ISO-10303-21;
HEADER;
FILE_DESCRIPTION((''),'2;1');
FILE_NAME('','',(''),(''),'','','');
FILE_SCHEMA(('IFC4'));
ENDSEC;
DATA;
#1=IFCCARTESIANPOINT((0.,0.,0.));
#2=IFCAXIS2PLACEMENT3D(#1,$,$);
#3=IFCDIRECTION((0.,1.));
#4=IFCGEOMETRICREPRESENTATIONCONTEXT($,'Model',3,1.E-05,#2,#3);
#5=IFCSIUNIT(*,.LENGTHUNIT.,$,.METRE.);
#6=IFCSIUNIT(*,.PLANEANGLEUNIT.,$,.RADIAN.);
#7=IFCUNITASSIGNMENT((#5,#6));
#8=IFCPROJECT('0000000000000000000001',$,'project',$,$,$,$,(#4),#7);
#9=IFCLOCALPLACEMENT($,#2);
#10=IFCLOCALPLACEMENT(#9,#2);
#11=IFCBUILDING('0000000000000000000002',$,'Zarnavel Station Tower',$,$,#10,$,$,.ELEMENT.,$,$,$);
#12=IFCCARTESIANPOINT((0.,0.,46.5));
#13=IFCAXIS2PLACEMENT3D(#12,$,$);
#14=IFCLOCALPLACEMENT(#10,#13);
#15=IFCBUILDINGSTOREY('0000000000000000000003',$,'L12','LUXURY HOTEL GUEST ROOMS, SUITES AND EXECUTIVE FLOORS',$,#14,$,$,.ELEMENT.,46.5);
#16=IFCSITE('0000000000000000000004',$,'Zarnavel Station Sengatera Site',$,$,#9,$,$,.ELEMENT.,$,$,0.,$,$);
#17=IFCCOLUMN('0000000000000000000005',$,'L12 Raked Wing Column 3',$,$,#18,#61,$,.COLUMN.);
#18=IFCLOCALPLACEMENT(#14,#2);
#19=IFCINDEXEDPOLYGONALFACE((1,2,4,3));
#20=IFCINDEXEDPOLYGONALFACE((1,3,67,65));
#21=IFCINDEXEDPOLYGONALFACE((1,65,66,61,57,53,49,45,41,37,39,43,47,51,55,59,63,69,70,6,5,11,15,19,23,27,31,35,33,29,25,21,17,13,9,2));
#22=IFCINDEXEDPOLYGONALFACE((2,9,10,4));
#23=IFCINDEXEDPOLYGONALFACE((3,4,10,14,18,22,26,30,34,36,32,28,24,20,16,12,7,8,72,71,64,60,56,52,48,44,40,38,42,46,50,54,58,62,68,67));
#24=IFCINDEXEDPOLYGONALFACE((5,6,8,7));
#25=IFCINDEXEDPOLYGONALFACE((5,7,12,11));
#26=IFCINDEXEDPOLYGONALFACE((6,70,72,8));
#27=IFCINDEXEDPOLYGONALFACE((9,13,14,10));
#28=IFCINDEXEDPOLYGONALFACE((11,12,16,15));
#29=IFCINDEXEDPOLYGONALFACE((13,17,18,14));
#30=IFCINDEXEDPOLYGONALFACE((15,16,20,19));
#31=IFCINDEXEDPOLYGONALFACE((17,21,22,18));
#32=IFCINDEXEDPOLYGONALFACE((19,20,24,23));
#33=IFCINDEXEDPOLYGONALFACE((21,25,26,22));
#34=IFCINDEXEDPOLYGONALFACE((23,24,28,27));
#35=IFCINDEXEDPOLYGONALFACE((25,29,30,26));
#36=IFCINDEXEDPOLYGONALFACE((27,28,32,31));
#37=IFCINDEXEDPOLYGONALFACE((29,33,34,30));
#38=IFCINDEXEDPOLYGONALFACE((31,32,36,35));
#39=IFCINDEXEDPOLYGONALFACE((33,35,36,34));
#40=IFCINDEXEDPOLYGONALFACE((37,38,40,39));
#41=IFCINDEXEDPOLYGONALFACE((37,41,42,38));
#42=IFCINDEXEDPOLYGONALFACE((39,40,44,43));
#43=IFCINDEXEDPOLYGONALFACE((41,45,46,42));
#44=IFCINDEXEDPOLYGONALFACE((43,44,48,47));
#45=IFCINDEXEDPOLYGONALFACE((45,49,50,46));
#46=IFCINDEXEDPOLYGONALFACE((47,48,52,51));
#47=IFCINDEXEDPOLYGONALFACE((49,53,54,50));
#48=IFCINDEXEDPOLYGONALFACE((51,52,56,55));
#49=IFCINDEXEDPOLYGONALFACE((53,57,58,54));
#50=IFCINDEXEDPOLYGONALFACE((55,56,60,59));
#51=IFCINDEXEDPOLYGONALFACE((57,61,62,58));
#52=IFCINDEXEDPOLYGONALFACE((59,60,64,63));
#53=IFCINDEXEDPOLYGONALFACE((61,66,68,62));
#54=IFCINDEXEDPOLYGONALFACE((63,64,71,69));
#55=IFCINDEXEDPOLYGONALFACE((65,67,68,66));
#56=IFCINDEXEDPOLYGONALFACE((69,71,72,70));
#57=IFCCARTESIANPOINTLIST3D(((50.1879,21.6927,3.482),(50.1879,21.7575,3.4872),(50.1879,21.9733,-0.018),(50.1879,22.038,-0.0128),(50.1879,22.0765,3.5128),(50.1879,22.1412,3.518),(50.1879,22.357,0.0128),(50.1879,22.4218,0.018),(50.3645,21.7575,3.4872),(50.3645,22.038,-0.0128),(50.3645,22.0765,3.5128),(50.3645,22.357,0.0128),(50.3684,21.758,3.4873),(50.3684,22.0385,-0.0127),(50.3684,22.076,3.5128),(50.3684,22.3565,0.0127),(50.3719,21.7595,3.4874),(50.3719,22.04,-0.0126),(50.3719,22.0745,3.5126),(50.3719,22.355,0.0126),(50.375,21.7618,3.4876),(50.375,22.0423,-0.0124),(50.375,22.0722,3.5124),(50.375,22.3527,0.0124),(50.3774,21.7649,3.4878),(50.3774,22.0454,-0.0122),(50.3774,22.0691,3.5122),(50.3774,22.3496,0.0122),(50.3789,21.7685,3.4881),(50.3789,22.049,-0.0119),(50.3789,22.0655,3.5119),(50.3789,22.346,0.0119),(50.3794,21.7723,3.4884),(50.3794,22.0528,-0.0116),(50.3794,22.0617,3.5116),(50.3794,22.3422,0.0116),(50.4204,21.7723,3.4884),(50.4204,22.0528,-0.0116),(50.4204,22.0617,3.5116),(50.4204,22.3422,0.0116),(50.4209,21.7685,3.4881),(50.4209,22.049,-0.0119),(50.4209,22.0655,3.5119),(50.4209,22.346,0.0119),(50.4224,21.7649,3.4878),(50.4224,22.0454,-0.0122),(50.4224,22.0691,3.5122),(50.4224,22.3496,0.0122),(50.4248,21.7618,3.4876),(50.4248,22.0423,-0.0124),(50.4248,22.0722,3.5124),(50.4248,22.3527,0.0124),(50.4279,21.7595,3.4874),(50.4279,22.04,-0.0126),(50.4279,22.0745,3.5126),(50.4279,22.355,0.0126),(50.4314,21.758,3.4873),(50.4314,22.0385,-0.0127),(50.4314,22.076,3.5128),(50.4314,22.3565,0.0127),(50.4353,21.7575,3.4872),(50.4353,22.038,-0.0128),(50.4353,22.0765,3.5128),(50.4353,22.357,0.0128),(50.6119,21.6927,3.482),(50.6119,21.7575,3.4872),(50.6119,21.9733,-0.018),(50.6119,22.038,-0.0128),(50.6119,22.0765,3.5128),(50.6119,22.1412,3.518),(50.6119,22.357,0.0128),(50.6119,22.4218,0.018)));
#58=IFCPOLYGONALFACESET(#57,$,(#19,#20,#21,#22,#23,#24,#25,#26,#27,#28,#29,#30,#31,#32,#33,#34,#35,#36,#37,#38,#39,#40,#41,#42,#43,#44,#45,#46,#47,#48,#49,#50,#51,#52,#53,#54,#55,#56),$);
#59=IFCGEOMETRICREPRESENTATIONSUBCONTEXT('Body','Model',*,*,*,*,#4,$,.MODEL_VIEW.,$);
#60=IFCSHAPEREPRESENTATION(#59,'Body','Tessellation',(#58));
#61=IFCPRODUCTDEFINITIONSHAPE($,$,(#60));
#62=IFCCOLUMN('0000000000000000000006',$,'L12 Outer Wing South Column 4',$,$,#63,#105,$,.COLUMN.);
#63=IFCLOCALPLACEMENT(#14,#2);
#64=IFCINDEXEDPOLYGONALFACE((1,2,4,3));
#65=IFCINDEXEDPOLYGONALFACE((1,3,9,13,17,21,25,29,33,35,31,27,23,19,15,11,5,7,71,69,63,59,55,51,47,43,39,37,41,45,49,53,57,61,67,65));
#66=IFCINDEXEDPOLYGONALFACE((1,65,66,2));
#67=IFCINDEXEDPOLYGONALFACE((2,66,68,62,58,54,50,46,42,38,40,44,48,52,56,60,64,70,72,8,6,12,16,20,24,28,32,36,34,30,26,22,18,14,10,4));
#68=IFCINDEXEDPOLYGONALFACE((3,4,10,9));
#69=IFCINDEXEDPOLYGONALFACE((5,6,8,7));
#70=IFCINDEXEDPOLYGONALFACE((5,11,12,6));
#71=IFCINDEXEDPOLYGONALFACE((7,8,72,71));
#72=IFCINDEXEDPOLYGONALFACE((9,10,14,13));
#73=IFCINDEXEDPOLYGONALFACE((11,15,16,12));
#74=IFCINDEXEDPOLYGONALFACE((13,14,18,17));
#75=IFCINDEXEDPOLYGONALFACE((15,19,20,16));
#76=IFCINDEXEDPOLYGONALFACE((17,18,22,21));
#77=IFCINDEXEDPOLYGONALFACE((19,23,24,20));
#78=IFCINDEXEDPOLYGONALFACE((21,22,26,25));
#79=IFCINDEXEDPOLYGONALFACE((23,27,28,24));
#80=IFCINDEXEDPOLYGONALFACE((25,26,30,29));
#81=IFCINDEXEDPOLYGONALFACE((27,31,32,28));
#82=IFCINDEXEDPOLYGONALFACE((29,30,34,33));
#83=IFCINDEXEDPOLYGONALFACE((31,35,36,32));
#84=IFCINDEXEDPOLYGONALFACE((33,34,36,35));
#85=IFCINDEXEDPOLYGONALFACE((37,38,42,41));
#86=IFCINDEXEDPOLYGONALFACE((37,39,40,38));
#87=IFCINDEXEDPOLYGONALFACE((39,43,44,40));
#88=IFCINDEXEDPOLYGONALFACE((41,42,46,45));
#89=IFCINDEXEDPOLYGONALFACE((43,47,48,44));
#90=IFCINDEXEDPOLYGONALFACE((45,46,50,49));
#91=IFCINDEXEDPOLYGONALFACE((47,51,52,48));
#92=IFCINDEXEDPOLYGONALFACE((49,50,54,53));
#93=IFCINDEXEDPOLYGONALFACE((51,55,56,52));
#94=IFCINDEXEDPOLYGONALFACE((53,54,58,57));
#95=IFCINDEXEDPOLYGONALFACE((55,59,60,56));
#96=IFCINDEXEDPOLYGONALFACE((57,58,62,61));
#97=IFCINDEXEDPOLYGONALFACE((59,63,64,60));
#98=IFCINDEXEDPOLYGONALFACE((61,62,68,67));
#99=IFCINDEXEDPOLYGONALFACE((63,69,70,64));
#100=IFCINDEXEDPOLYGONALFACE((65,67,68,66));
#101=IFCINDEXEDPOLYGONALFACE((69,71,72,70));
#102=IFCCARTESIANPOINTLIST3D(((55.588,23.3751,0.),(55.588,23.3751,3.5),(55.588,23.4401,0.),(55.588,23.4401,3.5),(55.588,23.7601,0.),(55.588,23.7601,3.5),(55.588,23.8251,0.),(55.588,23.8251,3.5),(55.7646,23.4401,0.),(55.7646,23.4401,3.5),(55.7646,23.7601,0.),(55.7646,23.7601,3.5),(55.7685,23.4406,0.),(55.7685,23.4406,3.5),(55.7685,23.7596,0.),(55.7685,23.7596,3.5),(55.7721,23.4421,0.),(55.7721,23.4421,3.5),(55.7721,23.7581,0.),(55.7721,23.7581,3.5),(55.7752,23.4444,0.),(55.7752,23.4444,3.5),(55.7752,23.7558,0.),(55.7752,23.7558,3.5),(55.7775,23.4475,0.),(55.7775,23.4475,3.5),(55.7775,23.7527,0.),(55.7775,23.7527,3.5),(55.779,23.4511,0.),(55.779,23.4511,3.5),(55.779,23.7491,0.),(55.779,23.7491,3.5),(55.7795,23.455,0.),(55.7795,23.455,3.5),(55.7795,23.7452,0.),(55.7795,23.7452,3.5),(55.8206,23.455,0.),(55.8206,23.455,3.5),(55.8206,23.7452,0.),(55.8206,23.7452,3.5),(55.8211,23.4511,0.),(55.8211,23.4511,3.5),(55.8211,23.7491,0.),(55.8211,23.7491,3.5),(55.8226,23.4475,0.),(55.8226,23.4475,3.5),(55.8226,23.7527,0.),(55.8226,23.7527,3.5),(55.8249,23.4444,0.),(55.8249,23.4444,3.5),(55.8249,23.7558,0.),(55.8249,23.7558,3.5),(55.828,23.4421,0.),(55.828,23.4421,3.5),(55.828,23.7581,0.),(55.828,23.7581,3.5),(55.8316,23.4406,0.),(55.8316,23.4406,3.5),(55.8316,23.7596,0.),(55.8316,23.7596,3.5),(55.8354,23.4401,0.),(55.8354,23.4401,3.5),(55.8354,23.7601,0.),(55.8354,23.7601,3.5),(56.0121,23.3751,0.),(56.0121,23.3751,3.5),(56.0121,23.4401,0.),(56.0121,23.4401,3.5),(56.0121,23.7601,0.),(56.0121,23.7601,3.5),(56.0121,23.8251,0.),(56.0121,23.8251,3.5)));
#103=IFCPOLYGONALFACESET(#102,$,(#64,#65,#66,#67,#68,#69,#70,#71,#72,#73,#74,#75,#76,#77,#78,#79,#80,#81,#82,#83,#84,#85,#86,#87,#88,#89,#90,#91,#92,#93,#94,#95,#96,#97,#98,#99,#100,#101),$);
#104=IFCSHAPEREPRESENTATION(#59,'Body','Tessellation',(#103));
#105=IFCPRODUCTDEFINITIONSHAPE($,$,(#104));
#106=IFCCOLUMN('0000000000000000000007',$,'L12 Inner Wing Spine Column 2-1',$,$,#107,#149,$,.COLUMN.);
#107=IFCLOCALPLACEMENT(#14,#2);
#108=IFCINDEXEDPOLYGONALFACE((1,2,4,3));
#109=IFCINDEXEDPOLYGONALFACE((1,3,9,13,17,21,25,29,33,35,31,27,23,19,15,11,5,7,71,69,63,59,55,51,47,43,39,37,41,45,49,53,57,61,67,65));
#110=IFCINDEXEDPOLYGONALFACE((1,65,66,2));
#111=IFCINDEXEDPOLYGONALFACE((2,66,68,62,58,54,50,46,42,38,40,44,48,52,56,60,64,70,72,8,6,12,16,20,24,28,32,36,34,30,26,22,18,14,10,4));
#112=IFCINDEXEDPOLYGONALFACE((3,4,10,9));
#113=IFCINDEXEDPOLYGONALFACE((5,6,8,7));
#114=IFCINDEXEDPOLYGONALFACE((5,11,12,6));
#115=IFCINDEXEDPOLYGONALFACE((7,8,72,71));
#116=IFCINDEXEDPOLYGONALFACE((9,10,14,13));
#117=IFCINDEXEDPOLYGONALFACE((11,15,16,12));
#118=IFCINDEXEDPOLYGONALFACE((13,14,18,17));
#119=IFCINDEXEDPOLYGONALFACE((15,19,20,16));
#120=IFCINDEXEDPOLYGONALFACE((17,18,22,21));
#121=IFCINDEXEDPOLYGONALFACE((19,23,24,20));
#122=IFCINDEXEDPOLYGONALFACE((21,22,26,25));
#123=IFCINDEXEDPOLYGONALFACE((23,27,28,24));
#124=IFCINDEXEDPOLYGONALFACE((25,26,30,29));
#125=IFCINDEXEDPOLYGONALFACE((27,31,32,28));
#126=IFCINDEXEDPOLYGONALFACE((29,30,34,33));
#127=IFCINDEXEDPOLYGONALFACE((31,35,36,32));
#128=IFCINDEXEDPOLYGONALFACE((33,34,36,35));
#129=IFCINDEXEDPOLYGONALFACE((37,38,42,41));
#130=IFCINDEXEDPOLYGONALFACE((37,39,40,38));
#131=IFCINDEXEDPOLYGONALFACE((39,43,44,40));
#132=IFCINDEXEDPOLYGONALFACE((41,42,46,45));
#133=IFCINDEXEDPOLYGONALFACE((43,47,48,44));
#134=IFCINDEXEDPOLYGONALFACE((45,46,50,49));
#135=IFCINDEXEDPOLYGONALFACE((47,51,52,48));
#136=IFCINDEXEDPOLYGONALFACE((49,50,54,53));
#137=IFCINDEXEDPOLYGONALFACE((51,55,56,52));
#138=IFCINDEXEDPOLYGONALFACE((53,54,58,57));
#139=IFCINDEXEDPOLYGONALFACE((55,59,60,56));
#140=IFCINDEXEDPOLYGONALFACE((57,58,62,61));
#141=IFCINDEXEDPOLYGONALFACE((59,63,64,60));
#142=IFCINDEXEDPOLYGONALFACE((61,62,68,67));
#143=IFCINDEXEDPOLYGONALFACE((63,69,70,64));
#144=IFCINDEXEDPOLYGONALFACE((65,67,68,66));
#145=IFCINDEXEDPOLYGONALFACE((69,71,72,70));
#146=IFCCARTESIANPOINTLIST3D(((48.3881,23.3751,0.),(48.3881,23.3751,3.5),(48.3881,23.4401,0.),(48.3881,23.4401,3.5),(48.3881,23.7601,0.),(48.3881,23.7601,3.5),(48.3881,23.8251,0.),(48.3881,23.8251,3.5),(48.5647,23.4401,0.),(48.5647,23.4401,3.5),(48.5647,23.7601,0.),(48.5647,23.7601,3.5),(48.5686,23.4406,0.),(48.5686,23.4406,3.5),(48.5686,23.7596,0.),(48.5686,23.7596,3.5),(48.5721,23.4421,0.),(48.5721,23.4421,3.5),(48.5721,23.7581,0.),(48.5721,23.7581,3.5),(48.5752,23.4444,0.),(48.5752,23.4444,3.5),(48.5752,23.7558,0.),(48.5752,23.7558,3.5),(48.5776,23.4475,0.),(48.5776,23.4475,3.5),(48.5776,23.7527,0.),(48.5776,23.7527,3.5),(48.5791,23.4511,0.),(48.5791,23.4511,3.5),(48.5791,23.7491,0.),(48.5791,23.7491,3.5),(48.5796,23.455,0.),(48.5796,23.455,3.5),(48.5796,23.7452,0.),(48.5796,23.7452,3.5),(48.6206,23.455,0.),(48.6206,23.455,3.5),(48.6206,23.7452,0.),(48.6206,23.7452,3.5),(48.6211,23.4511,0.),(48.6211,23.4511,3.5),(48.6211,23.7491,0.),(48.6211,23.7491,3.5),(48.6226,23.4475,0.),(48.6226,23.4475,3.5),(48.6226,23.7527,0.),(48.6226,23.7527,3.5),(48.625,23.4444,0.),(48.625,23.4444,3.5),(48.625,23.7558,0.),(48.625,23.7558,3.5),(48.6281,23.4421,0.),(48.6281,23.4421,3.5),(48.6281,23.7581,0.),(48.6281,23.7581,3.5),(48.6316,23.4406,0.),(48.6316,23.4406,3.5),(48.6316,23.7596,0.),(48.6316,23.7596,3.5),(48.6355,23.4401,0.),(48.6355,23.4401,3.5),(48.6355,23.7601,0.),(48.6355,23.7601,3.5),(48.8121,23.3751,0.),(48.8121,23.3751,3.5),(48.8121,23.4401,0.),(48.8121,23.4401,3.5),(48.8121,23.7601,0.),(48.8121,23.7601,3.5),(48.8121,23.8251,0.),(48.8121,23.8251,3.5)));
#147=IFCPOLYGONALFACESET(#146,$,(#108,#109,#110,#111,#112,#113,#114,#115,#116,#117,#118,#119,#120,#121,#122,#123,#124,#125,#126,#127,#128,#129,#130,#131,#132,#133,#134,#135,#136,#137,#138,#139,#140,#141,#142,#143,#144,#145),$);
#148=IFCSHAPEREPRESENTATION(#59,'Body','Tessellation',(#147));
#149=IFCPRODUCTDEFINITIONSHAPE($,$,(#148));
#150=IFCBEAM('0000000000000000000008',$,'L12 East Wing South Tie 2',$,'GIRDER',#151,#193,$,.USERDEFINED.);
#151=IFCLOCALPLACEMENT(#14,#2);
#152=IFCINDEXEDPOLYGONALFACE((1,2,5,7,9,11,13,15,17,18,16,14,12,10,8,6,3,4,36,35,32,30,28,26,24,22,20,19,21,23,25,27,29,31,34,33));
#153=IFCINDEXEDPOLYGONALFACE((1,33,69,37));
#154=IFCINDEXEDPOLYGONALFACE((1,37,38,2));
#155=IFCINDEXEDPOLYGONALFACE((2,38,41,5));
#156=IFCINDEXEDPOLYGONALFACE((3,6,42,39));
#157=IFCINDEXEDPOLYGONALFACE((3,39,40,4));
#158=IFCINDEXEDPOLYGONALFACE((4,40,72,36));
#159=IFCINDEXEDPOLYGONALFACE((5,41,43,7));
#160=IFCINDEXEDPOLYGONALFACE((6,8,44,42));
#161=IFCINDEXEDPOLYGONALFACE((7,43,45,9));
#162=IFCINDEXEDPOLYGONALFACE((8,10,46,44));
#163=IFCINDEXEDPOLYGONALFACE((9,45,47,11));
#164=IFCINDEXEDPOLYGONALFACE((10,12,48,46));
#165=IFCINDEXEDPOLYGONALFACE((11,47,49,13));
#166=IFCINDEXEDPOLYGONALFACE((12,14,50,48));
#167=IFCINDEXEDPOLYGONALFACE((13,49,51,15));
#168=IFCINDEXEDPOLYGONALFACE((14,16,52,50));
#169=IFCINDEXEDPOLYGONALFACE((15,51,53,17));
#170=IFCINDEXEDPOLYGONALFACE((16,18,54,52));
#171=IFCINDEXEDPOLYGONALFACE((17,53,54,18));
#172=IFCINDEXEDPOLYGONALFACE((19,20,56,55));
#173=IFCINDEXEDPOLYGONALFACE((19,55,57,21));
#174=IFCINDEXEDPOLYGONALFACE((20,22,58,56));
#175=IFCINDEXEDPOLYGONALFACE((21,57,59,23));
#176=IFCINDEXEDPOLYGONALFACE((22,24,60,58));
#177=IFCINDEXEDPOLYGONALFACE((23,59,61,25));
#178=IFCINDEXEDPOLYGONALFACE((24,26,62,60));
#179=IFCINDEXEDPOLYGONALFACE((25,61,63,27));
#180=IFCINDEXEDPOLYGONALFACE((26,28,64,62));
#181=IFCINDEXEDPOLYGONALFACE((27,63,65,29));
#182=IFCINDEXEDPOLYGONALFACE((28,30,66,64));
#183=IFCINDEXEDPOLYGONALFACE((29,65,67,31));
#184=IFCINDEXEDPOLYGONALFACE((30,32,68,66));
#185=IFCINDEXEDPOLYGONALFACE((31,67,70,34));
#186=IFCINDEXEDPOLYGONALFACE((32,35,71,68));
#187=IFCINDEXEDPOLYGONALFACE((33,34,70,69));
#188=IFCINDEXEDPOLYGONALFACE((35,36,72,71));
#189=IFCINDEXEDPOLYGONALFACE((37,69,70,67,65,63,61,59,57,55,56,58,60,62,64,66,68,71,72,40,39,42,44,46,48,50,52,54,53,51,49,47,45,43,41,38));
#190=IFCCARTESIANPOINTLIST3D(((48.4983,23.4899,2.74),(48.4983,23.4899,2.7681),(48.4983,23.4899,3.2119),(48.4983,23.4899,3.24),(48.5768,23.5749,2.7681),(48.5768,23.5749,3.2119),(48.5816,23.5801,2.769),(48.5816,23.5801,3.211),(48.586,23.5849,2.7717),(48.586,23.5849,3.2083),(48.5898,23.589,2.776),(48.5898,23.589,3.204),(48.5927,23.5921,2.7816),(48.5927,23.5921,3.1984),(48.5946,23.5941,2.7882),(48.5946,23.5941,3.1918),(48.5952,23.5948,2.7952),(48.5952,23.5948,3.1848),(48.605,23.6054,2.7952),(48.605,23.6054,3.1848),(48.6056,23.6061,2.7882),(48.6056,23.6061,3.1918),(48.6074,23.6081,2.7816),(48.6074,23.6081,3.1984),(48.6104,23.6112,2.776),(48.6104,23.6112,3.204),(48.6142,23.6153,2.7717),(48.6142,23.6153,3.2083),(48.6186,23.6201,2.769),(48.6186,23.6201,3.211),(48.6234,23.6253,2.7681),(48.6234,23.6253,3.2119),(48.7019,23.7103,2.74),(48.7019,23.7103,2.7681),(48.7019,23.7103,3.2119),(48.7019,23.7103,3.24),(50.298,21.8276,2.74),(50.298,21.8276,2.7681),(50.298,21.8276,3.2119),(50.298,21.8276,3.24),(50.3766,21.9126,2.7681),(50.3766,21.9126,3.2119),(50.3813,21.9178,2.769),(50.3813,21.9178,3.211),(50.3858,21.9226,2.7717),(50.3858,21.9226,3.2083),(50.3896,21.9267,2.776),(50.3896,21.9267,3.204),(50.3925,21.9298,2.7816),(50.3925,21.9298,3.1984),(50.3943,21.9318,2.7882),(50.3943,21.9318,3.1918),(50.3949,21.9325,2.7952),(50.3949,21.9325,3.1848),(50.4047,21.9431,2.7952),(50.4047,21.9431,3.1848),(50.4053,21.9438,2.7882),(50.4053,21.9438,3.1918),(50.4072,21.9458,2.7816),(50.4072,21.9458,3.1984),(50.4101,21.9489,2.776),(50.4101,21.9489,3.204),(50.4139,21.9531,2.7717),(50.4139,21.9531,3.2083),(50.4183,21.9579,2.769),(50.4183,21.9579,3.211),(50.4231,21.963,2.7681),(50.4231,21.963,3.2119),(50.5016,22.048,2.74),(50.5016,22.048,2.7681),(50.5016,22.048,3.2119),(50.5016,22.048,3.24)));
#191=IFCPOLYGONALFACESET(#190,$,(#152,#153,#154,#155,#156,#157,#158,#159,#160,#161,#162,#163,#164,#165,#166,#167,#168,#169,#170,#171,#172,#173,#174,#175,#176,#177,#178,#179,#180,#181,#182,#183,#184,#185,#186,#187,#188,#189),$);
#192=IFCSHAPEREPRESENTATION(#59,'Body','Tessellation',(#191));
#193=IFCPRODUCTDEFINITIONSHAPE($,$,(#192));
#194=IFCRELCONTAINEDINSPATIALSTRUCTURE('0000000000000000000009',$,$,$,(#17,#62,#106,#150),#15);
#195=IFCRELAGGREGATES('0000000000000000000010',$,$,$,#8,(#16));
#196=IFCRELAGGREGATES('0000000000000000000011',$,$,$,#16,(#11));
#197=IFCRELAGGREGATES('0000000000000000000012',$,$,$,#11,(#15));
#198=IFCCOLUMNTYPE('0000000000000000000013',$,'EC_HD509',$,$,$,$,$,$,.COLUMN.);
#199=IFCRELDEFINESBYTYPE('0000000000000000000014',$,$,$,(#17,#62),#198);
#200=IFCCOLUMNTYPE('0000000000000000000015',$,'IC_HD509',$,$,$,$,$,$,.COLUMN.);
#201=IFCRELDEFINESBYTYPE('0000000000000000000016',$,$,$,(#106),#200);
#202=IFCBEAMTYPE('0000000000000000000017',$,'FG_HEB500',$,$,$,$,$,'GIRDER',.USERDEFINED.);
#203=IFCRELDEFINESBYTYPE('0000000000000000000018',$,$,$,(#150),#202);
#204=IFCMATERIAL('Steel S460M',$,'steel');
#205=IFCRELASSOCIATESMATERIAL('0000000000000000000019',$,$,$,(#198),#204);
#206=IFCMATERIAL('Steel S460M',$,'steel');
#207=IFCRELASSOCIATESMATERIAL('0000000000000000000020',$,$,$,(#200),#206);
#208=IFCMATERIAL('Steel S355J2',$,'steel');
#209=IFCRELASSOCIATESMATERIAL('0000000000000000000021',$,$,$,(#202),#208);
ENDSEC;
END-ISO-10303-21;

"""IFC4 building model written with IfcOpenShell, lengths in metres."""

from ifc_helpers import new_model, si_unit, direction, frame, origin, origin_2d, place, context, subcontext, project, spatial, i_section, extrude, material, material_profile, profile_set, type_object, element, save


model = new_model("IFC4")

# Units and contexts
model_context = context("Model", 3, precision=1e-05, world=origin(), true_north=direction((0.0, 1.0)))
body_context = subcontext(model_context, "Body", "Model", "MODEL_VIEW")
ifc_project = project(units=[si_unit("LENGTHUNIT", "METRE"), si_unit("PLANEANGLEUNIT", "RADIAN")], contexts=[model_context])

# Site, building, storey
site_placement = place(None, origin())
site = spatial("IfcSite", under=ifc_project, at=site_placement, Name="Zarnavel Station Sengatera Site", CompositionType="ELEMENT", RefElevation=0.0)
building_placement = place(site_placement, origin())
building = spatial("IfcBuilding", under=site, at=building_placement, Name="Zarnavel Station Tower", CompositionType="ELEMENT")
storey_placement = place(building_placement, frame((0.0, 0.0, 46.5)))
storey = spatial("IfcBuildingStorey", under=building, at=storey_placement, Name="L12", Description="LUXURY HOTEL GUEST ROOMS, SUITES AND EXECUTIVE FLOORS", CompositionType="ELEMENT", Elevation=46.5)

# Columns
ifc_material_1 = material(Name="Steel S460M", Category="steel")
ifc_material_profile_1 = material_profile(ifc_material_1, i_section(OverallWidth=0.4241, OverallDepth=0.45, WebThickness=0.041, FlangeThickness=0.0649, FilletRadius=0.0149, at=origin_2d()), Name="HD400x509")
ifc_profile_set_1 = profile_set([ifc_material_profile_1], Name="Steel S460M")
column_type_1 = type_object("IfcColumnType", Name="EC_HD509", PredefinedType="COLUMN", material=ifc_profile_set_1)
column_1_placement = place(storey_placement, frame((50.3999, 22.1975, 0.0), z_axis=(0.0, -0.079892, 0.996804), x_axis=(1.0, 0.0, 0.0)))
element("IfcColumn", 1, at=column_1_placement, inside=storey, type_object=column_type_1, Name="L12 Raked Wing Column 3", PredefinedType="COLUMN", context=body_context, shape_type="SweptSolid", body=[
    extrude(i_section(OverallWidth=0.4241, OverallDepth=0.45, WebThickness=0.041, FlangeThickness=0.0649, FilletRadius=0.0149, at=origin_2d()), origin(), (0.0, 0.0, 1.0), 3.5112),
])
column_2_placement = place(storey_placement, frame((55.8, 23.6001, 0.0), z_axis=(0.0, 0.0, 1.0), x_axis=(1.0, 0.0, 0.0)))
element("IfcColumn", 2, at=column_2_placement, inside=storey, type_object=column_type_1, Name="L12 Outer Wing South Column 4", PredefinedType="COLUMN", context=body_context, shape_type="SweptSolid", body=[
    extrude(i_section(OverallWidth=0.4241, OverallDepth=0.45, WebThickness=0.041, FlangeThickness=0.0649, FilletRadius=0.0149, at=origin_2d()), origin(), (0.0, 0.0, 1.0), 3.5),
])
ifc_material_2 = material(Name="Steel S460M", Category="steel")
ifc_material_profile_2 = material_profile(ifc_material_2, i_section(OverallWidth=0.4241, OverallDepth=0.45, WebThickness=0.041, FlangeThickness=0.0649, FilletRadius=0.0149, at=origin_2d()), Name="HD400x509")
ifc_profile_set_2 = profile_set([ifc_material_profile_2], Name="Steel S460M")
column_type_2 = type_object("IfcColumnType", Name="IC_HD509", PredefinedType="COLUMN", material=ifc_profile_set_2)
column_3_placement = place(storey_placement, frame((48.6001, 23.6001, 0.0), z_axis=(0.0, 0.0, 1.0), x_axis=(1.0, 0.0, 0.0)))
element("IfcColumn", 3, at=column_3_placement, inside=storey, type_object=column_type_2, Name="L12 Inner Wing Spine Column 2-1", PredefinedType="COLUMN", context=body_context, shape_type="SweptSolid", body=[
    extrude(i_section(OverallWidth=0.4241, OverallDepth=0.45, WebThickness=0.041, FlangeThickness=0.0649, FilletRadius=0.0149, at=origin_2d()), origin(), (0.0, 0.0, 1.0), 3.5),
])

# Beam
ifc_material_3 = material(Name="Steel S355J2", Category="steel")
ifc_material_profile_3 = material_profile(ifc_material_3, i_section(OverallWidth=0.3, OverallDepth=0.5, WebThickness=0.0144, FlangeThickness=0.0281, FilletRadius=0.0271, at=origin_2d()), Name="HEB500")
ifc_profile_set_3 = profile_set([ifc_material_profile_3], Name="Steel S355J2")
beam_type_1 = type_object("IfcBeamType", Name="FG_HEB500", ElementType="GIRDER", PredefinedType="USERDEFINED", material=ifc_profile_set_3)
beam_1_placement = place(storey_placement, frame((48.6001, 23.6001, 2.99), z_axis=(0.734601, -0.678499, 0.0), x_axis=(0.678499, 0.734601, 0.0)))
element("IfcBeam", 4, at=beam_1_placement, inside=storey, type_object=beam_type_1, Name="L12 East Wing South Tie 2", ObjectType="GIRDER", PredefinedType="USERDEFINED", context=body_context, shape_type="SweptSolid", body=[
    extrude(i_section(OverallWidth=0.3, OverallDepth=0.5, WebThickness=0.0144, FlangeThickness=0.0281, FilletRadius=0.0271, at=origin_2d()), origin(), (0.0, 0.0, 1.0), 2.45),
])

save(model, "model.ifc")
